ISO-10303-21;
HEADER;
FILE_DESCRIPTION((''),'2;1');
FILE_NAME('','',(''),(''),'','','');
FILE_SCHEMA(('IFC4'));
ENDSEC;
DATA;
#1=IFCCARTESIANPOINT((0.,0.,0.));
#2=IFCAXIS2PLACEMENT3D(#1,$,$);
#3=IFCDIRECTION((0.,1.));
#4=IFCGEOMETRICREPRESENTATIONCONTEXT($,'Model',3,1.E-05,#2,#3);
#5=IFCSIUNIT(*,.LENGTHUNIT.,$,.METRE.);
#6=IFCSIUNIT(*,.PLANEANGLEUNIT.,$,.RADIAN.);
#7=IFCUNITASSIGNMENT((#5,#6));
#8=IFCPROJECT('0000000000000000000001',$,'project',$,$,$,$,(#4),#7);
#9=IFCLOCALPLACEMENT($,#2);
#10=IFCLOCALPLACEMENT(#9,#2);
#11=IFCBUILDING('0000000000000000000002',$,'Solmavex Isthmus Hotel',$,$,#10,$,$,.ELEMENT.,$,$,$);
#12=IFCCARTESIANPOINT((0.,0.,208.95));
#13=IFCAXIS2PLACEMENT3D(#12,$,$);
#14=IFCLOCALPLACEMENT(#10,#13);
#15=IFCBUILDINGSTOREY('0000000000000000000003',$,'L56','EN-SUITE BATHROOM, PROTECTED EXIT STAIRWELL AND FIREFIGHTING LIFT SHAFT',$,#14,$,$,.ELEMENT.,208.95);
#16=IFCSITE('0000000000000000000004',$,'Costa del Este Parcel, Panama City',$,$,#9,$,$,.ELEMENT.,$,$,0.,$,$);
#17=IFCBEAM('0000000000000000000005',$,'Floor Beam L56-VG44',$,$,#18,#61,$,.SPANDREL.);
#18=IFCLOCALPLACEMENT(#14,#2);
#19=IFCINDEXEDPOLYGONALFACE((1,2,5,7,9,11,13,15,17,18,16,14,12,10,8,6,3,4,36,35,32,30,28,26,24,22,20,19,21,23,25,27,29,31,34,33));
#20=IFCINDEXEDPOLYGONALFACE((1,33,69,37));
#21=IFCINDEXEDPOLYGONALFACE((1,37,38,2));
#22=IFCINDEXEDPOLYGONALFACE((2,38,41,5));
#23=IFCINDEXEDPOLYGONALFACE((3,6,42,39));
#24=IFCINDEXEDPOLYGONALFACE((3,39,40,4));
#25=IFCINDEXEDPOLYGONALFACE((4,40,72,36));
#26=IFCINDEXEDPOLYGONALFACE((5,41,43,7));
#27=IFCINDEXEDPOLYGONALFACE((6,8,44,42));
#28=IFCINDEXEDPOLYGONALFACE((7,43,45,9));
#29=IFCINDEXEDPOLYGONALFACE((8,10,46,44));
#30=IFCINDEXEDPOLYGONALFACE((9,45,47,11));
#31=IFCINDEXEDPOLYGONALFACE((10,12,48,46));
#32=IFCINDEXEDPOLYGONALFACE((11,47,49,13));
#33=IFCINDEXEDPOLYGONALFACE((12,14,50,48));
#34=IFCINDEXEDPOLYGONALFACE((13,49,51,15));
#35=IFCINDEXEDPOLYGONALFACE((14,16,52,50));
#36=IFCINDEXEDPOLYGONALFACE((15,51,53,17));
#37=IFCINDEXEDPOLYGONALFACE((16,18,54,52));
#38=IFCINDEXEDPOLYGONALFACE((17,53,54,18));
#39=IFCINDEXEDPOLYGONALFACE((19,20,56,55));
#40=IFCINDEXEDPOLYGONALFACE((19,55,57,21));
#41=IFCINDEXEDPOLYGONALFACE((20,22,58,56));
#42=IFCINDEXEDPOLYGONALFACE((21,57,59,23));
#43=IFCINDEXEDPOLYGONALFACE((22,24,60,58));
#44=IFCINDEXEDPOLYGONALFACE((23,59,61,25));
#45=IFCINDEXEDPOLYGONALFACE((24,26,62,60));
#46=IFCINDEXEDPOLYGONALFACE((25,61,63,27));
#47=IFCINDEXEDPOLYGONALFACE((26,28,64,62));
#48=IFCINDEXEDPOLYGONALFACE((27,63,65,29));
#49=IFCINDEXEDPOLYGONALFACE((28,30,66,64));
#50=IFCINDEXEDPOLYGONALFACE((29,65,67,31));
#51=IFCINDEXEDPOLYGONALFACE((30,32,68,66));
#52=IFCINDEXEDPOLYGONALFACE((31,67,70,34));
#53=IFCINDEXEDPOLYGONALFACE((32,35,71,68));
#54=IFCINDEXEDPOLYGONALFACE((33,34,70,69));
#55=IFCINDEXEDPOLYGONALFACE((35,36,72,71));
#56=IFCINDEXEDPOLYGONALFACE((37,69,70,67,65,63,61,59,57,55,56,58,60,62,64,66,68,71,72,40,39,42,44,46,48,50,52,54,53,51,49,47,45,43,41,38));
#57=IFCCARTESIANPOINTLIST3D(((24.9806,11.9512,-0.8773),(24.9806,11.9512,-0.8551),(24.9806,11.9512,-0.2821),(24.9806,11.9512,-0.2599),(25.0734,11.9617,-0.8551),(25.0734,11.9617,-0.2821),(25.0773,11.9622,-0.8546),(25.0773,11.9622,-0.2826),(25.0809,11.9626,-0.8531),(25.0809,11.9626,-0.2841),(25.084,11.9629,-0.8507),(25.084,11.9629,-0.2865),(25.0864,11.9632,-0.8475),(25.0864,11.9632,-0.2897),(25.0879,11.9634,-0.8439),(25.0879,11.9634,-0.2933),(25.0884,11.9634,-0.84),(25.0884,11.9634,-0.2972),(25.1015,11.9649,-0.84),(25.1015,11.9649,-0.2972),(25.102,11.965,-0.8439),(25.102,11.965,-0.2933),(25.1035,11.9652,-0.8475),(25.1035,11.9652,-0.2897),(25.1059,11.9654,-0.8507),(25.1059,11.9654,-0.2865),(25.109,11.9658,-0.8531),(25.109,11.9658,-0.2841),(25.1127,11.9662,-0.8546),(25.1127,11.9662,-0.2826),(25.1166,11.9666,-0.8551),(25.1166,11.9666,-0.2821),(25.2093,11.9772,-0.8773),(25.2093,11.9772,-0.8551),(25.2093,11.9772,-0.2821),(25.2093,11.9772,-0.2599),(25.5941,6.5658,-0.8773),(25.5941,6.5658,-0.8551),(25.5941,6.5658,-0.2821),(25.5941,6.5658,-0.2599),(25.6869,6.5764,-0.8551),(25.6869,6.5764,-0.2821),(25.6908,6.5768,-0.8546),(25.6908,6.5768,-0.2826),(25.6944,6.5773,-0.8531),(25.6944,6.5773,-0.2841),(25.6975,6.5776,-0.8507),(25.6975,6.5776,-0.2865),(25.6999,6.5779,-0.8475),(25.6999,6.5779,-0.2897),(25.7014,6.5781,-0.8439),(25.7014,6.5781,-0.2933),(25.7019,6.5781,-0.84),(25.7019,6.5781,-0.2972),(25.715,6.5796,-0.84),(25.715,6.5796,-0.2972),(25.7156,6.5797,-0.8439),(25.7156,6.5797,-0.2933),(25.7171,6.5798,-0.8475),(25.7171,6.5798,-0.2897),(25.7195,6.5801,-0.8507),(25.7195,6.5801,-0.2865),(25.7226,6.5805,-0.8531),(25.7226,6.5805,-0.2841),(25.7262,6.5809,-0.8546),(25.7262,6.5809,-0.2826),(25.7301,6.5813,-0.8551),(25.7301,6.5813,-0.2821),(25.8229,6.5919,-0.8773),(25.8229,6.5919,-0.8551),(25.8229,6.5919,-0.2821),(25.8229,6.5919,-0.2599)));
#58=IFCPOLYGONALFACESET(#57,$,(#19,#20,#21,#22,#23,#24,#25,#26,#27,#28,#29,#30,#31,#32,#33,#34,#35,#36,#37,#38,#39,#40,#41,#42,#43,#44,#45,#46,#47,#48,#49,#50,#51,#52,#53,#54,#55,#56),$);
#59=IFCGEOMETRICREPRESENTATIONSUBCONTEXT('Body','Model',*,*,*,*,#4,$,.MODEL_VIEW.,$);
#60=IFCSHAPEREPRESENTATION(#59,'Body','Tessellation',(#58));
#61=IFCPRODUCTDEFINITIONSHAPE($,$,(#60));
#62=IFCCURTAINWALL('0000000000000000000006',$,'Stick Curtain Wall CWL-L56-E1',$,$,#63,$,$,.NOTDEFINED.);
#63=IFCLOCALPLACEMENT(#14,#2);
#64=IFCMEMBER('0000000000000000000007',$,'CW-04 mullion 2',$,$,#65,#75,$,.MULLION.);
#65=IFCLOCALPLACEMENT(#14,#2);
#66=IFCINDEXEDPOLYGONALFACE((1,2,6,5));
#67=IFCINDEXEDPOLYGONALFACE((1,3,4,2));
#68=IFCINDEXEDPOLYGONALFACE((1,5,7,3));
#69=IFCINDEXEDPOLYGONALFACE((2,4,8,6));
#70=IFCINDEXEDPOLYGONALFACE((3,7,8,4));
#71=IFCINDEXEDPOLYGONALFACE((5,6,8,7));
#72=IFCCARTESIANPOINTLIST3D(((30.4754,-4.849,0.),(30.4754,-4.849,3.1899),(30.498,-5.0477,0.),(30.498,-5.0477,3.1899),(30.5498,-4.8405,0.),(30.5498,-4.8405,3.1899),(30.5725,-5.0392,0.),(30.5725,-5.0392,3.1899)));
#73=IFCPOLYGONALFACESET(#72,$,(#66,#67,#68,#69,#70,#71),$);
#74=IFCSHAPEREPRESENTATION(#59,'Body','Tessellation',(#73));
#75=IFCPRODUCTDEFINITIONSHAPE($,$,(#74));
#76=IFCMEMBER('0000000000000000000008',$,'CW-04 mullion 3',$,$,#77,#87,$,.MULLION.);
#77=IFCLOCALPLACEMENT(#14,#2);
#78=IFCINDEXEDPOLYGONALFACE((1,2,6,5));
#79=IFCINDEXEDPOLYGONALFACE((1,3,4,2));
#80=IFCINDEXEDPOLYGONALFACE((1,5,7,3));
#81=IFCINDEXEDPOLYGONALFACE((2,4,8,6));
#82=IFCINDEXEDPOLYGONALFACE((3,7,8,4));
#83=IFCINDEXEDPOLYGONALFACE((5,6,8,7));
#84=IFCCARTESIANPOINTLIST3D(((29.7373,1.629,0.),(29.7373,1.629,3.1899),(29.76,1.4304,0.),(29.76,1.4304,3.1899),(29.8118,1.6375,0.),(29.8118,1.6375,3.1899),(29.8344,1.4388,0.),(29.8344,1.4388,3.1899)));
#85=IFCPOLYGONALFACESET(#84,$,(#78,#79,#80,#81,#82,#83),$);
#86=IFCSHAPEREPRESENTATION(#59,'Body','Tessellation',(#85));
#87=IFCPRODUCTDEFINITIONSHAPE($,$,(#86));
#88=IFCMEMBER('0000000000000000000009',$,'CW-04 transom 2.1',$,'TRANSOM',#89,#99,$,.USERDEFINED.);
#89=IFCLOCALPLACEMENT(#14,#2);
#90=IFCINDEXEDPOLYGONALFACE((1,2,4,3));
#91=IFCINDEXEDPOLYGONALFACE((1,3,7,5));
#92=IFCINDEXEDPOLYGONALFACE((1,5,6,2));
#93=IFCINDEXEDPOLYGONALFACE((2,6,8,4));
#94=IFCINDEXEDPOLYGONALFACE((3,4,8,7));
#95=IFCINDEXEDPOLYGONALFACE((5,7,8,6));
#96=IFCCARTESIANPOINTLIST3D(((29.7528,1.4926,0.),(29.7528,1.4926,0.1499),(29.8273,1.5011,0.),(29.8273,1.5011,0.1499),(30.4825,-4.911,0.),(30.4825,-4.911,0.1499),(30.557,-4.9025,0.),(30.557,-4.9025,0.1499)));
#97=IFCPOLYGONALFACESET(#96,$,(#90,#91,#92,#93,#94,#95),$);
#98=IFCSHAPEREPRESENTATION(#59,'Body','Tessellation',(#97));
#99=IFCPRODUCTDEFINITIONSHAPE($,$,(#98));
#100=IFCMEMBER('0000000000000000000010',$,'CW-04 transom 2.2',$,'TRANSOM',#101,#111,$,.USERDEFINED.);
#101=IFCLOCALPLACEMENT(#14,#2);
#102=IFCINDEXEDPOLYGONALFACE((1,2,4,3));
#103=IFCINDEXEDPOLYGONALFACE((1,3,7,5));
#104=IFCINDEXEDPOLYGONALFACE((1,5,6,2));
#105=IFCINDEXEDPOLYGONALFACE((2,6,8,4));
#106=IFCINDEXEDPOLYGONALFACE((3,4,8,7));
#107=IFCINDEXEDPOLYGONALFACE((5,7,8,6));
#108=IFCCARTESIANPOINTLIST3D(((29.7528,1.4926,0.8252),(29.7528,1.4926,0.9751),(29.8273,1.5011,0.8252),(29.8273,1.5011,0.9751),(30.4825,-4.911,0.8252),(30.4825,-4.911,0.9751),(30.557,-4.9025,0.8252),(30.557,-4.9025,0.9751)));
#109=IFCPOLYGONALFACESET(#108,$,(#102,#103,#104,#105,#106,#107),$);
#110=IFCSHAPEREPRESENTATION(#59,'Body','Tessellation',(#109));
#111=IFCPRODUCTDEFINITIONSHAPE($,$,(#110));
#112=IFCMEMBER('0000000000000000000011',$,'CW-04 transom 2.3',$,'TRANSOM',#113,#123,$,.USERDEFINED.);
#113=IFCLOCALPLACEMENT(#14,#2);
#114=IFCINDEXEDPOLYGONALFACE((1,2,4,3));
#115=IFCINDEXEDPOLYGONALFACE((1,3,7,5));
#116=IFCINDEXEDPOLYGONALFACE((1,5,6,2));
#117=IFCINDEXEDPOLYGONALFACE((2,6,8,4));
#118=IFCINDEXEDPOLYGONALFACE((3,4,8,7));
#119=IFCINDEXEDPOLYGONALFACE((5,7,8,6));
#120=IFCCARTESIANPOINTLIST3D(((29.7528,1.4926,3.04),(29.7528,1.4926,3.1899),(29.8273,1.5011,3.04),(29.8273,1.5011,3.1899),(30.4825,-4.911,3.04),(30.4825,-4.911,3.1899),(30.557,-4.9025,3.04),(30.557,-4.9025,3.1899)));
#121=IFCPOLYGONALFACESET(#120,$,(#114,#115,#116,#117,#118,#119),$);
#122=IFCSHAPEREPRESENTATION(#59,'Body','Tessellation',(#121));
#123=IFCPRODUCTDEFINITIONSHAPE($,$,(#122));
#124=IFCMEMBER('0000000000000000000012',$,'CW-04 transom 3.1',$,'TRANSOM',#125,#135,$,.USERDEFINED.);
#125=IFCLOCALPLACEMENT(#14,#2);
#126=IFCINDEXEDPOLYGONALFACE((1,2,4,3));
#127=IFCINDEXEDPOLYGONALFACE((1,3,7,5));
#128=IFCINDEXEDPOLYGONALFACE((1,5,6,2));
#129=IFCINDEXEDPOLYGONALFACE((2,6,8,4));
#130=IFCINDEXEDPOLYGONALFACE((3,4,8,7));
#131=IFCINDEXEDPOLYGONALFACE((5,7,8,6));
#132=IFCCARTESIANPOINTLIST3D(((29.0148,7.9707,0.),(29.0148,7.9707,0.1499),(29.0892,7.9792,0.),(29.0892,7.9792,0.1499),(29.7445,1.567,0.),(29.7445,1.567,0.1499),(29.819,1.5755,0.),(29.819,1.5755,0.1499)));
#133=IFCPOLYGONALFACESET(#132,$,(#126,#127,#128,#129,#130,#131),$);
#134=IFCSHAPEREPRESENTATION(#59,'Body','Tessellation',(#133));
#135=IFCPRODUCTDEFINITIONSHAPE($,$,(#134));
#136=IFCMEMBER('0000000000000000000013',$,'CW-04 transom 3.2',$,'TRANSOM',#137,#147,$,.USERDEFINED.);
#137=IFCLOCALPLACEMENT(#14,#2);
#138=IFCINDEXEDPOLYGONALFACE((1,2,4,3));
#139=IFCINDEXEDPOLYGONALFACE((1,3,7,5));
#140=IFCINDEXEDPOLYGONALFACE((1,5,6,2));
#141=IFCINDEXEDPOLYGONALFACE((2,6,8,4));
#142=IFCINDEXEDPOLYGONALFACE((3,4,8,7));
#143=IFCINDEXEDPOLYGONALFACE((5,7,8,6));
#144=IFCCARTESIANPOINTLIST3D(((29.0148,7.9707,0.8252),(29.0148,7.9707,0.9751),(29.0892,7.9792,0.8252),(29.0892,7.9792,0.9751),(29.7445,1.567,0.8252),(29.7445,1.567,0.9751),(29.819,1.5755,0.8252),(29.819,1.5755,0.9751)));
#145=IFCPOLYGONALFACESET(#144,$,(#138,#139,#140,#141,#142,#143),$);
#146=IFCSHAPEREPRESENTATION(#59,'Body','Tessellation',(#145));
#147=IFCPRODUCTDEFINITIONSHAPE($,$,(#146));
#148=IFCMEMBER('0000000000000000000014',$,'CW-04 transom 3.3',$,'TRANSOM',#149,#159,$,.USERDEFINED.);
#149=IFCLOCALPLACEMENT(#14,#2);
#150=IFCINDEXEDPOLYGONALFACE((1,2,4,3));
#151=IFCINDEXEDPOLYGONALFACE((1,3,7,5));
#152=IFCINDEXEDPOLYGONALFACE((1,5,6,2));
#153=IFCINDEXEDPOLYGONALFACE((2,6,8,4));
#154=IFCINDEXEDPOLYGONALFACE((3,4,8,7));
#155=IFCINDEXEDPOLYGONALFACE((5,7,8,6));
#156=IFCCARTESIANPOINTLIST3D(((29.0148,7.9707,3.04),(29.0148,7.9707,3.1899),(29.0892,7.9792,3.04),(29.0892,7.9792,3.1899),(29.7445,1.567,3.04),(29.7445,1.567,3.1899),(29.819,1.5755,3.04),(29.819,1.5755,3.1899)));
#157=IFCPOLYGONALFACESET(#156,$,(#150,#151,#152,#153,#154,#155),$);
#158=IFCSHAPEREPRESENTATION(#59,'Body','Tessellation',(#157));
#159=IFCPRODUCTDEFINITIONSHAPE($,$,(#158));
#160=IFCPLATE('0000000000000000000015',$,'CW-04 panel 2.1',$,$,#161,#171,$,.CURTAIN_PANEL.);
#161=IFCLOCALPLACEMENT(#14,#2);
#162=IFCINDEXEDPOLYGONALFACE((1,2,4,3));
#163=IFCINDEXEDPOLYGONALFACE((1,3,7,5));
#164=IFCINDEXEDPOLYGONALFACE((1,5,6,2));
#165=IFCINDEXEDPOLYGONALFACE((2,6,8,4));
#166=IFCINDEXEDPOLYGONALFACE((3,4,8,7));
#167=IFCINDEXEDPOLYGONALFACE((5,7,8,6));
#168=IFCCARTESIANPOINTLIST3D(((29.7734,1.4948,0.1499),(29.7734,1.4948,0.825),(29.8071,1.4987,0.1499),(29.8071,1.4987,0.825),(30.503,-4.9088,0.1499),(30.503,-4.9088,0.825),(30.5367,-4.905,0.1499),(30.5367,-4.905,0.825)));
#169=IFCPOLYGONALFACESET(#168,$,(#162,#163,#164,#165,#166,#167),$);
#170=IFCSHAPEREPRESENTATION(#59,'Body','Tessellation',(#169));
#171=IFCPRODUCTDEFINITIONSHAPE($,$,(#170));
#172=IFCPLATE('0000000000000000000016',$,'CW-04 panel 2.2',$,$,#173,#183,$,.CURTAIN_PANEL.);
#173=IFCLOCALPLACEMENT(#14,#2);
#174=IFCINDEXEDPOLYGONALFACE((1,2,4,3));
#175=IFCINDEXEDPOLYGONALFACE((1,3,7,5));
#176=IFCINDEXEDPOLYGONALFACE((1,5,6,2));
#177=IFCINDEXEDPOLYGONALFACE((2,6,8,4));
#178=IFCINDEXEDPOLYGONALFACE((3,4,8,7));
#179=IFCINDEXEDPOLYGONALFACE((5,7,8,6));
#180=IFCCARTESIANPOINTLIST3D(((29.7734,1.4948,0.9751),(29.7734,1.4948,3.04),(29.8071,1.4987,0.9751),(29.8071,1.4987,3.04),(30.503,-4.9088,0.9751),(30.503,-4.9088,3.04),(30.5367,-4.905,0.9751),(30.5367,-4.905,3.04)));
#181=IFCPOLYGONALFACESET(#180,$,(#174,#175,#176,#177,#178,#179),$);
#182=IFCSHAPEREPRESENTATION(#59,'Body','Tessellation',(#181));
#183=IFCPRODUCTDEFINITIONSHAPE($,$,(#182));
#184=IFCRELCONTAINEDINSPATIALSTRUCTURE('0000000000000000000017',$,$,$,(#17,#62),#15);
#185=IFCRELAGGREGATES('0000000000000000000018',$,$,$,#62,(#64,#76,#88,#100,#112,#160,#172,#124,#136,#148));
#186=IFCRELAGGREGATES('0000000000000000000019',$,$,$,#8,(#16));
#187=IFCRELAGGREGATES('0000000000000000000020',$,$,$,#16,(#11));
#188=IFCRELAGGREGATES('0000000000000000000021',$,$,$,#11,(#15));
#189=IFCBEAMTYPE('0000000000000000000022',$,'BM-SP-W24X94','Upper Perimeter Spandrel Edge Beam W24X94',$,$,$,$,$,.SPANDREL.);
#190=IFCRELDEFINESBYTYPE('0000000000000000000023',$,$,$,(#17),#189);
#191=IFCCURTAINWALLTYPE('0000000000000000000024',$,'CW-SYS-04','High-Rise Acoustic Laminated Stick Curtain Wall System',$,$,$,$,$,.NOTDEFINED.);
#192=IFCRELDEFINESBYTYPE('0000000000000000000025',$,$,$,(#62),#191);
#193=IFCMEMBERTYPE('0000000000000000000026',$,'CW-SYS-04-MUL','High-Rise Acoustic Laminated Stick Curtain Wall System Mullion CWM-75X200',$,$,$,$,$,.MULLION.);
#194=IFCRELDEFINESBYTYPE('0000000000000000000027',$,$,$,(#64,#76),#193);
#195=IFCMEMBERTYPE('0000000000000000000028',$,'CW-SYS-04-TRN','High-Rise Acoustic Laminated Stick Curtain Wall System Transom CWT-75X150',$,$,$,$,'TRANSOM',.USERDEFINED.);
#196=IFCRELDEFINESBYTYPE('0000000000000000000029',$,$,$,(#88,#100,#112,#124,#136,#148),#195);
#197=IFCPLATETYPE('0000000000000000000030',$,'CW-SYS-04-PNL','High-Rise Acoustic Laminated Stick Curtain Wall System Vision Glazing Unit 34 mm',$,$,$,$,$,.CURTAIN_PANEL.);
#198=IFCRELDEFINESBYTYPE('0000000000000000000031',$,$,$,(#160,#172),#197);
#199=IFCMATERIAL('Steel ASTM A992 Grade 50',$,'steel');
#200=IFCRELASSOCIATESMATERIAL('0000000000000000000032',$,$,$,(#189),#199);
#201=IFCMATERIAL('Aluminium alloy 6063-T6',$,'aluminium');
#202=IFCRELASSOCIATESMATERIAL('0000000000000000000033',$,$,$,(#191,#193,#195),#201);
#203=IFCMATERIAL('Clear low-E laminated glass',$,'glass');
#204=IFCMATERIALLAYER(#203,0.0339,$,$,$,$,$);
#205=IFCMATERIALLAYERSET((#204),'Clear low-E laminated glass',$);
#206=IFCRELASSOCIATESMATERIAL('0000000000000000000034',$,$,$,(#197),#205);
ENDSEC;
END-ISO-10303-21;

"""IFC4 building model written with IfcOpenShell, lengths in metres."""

from ifc_helpers import new_model, si_unit, direction, frame, origin, origin_2d, place, context, subcontext, project, spatial, rectangle, i_section, extrude, material, layer, layer_set, material_profile, profile_set, type_object, element, aggregate, save


model = new_model("IFC4")

# Units and contexts
model_context = context("Model", 3, precision=1e-05, world=origin(), true_north=direction((0.0, 1.0)))
body_context = subcontext(model_context, "Body", "Model", "MODEL_VIEW")
ifc_project = project(units=[si_unit("LENGTHUNIT", "METRE"), si_unit("PLANEANGLEUNIT", "RADIAN")], contexts=[model_context])

# Site, building, storey
site_placement = place(None, origin())
site = spatial("IfcSite", under=ifc_project, at=site_placement, Name="Costa del Este Parcel, Panama City", CompositionType="ELEMENT", RefElevation=0.0)
building_placement = place(site_placement, origin())
building = spatial("IfcBuilding", under=site, at=building_placement, Name="Solmavex Isthmus Hotel", CompositionType="ELEMENT")
storey_placement = place(building_placement, frame((0.0, 0.0, 208.95)))
storey = spatial("IfcBuildingStorey", under=building, at=storey_placement, Name="L56", Description="EN-SUITE BATHROOM, PROTECTED EXIT STAIRWELL AND FIREFIGHTING LIFT SHAFT", CompositionType="ELEMENT", Elevation=208.95)

# Beam
ifc_material_1 = material(Name="Steel ASTM A992 Grade 50", Category="steel")
ifc_material_profile_1 = material_profile(ifc_material_1, i_section(OverallWidth=0.2302, OverallDepth=0.6174, WebThickness=0.0132, FlangeThickness=0.0222, FilletRadius=0.0151, at=origin_2d()), Name="W24X94")
ifc_profile_set_1 = profile_set([ifc_material_profile_1], Name="Steel ASTM A992 Grade 50")
beam_type_1 = type_object("IfcBeamType", Name="BM-SP-W24X94", Description="Upper Perimeter Spandrel Edge Beam W24X94", PredefinedType="SPANDREL", material=ifc_profile_set_1)
beam_1_placement = place(storey_placement, frame((25.7085, 6.5789, -0.5686), z_axis=(-0.113195, 0.993573, 0.0), x_axis=(-0.993573, -0.113195, 0.0)))
element("IfcBeam", 1, at=beam_1_placement, inside=storey, type_object=beam_type_1, Name="Floor Beam L56-VG44", PredefinedType="SPANDREL", context=body_context, shape_type="SweptSolid", body=[
    extrude(i_section(OverallWidth=0.2302, OverallDepth=0.6174, WebThickness=0.0132, FlangeThickness=0.0222, FilletRadius=0.0151, at=origin_2d()), origin(), (0.0, 0.0, 1.0), 5.4202),
])

# Curtain wall, members, plates
ifc_material_2 = material(Name="Aluminium alloy 6063-T6", Category="aluminium")
curtain_wall_type = type_object("IfcCurtainWallType", Name="CW-SYS-04", Description="High-Rise Acoustic Laminated Stick Curtain Wall System", PredefinedType="NOTDEFINED", material=ifc_material_2)
curtain_wall_placement = place(storey_placement, origin())
curtain_wall = element("IfcCurtainWall", 2, at=curtain_wall_placement, inside=storey, type_object=curtain_wall_type, Name="Stick Curtain Wall CWL-L56-E1", PredefinedType="NOTDEFINED")
ifc_material_profile_2 = material_profile(ifc_material_2, rectangle(XDim=0.075, YDim=0.2, at=origin_2d()), Name="CWM-75X200")
ifc_profile_set_2 = profile_set([ifc_material_profile_2], Name="Aluminium alloy 6063-T6")
member_type_1 = type_object("IfcMemberType", Name="CW-SYS-04-MUL", Description="High-Rise Acoustic Laminated Stick Curtain Wall System Mullion CWM-75X200", PredefinedType="MULLION", material=ifc_profile_set_2)
member_1_placement = place(storey_placement, frame((30.5239, -4.9441, 0.0), z_axis=(0.0, 0.0, 1.0), x_axis=(-0.993572, -0.113203, 0.0)))
member_1 = element("IfcMember", 3, at=member_1_placement, type_object=member_type_1, Name="CW-04 mullion 2", PredefinedType="MULLION", context=body_context, shape_type="SweptSolid", body=[
    extrude(rectangle(XDim=0.075, YDim=0.2, at=origin_2d()), origin(), (0.0, 0.0, 1.0), 3.1899),
])
member_2_placement = place(storey_placement, frame((29.7859, 1.5339, 0.0), z_axis=(0.0, 0.0, 1.0), x_axis=(-0.993572, -0.113203, 0.0)))
member_2 = element("IfcMember", 4, at=member_2_placement, type_object=member_type_1, Name="CW-04 mullion 3", PredefinedType="MULLION", context=body_context, shape_type="SweptSolid", body=[
    extrude(rectangle(XDim=0.075, YDim=0.2, at=origin_2d()), origin(), (0.0, 0.0, 1.0), 3.1899),
])
ifc_material_profile_3 = material_profile(ifc_material_2, rectangle(XDim=0.075, YDim=0.1499, at=origin_2d()), Name="CWT-75X150")
ifc_profile_set_3 = profile_set([ifc_material_profile_3], Name="Aluminium alloy 6063-T6")
member_type_2 = type_object("IfcMemberType", Name="CW-SYS-04-TRN", Description="High-Rise Acoustic Laminated Stick Curtain Wall System Transom CWT-75X150", ElementType="TRANSOM", PredefinedType="USERDEFINED", material=ifc_profile_set_3)
member_3_placement = place(storey_placement, frame((30.5198, -4.9067, 0.075), z_axis=(-0.113225, 0.993569, 0.0), x_axis=(-0.993569, -0.113225, 0.0)))
member_3 = element("IfcMember", 5, at=member_3_placement, type_object=member_type_2, Name="CW-04 transom 2.1", ObjectType="TRANSOM", PredefinedType="USERDEFINED", context=body_context, shape_type="SweptSolid", body=[
    extrude(rectangle(XDim=0.075, YDim=0.1499, at=origin_2d()), origin(), (0.0, 0.0, 1.0), 6.4451),
])
member_4_placement = place(storey_placement, frame((30.5198, -4.9067, 0.9001), z_axis=(-0.113225, 0.993569, 0.0), x_axis=(-0.993569, -0.113225, 0.0)))
member_4 = element("IfcMember", 6, at=member_4_placement, type_object=member_type_2, Name="CW-04 transom 2.2", ObjectType="TRANSOM", PredefinedType="USERDEFINED", context=body_context, shape_type="SweptSolid", body=[
    extrude(rectangle(XDim=0.075, YDim=0.1499, at=origin_2d()), origin(), (0.0, 0.0, 1.0), 6.4451),
])
member_5_placement = place(storey_placement, frame((30.5198, -4.9067, 3.115), z_axis=(-0.113225, 0.993569, 0.0), x_axis=(-0.993569, -0.113225, 0.0)))
member_5 = element("IfcMember", 7, at=member_5_placement, type_object=member_type_2, Name="CW-04 transom 2.3", ObjectType="TRANSOM", PredefinedType="USERDEFINED", context=body_context, shape_type="SweptSolid", body=[
    extrude(rectangle(XDim=0.075, YDim=0.1499, at=origin_2d()), origin(), (0.0, 0.0, 1.0), 6.4451),
])
member_6_placement = place(storey_placement, frame((29.7817, 1.5713, 0.075), z_axis=(-0.113225, 0.993569, 0.0), x_axis=(-0.993569, -0.113225, 0.0)))
member_6 = element("IfcMember", 8, at=member_6_placement, type_object=member_type_2, Name="CW-04 transom 3.1", ObjectType="TRANSOM", PredefinedType="USERDEFINED", context=body_context, shape_type="SweptSolid", body=[
    extrude(rectangle(XDim=0.075, YDim=0.1499, at=origin_2d()), origin(), (0.0, 0.0, 1.0), 6.4451),
])
member_7_placement = place(storey_placement, frame((29.7817, 1.5713, 0.9001), z_axis=(-0.113225, 0.993569, 0.0), x_axis=(-0.993569, -0.113225, 0.0)))
member_7 = element("IfcMember", 9, at=member_7_placement, type_object=member_type_2, Name="CW-04 transom 3.2", ObjectType="TRANSOM", PredefinedType="USERDEFINED", context=body_context, shape_type="SweptSolid", body=[
    extrude(rectangle(XDim=0.075, YDim=0.1499, at=origin_2d()), origin(), (0.0, 0.0, 1.0), 6.4451),
])
member_8_placement = place(storey_placement, frame((29.7817, 1.5713, 3.115), z_axis=(-0.113225, 0.993569, 0.0), x_axis=(-0.993569, -0.113225, 0.0)))
member_8 = element("IfcMember", 10, at=member_8_placement, type_object=member_type_2, Name="CW-04 transom 3.3", ObjectType="TRANSOM", PredefinedType="USERDEFINED", context=body_context, shape_type="SweptSolid", body=[
    extrude(rectangle(XDim=0.075, YDim=0.1499, at=origin_2d()), origin(), (0.0, 0.0, 1.0), 6.4451),
])
ifc_material_3 = material(Name="Clear low-E laminated glass", Category="glass")
ifc_layer_1 = layer(ifc_material_3, 0.0339)
ifc_layer_set_1 = layer_set([ifc_layer_1], Name="Clear low-E laminated glass")
plate_type = type_object("IfcPlateType", Name="CW-SYS-04-PNL", Description="High-Rise Acoustic Laminated Stick Curtain Wall System Vision Glazing Unit 34 mm", PredefinedType="CURTAIN_PANEL", material=ifc_layer_set_1)
plate_1_placement = place(storey_placement, frame((30.155, -1.7051, 0.1499), z_axis=(0.0, 0.0, 1.0), x_axis=(-0.113203, 0.993572, 0.0)))
plate_1 = element("IfcPlate", 11, at=plate_1_placement, type_object=plate_type, Name="CW-04 panel 2.1", PredefinedType="CURTAIN_PANEL", context=body_context, shape_type="SweptSolid", body=[
    extrude(rectangle(XDim=6.4451, YDim=0.0339, at=origin_2d()), origin(), (0.0, 0.0, 1.0), 0.675),
])
plate_2_placement = place(storey_placement, frame((30.155, -1.7051, 0.9751), z_axis=(0.0, 0.0, 1.0), x_axis=(-0.113203, 0.993572, 0.0)))
plate_2 = element("IfcPlate", 12, at=plate_2_placement, type_object=plate_type, Name="CW-04 panel 2.2", PredefinedType="CURTAIN_PANEL", context=body_context, shape_type="SweptSolid", body=[
    extrude(rectangle(XDim=6.4451, YDim=0.0339, at=origin_2d()), origin(), (0.0, 0.0, 1.0), 2.0649),
])
aggregate(curtain_wall, [member_1, member_2, member_3, member_4, member_5, plate_1, plate_2, member_6, member_7, member_8])

save(model, "model.ifc")
